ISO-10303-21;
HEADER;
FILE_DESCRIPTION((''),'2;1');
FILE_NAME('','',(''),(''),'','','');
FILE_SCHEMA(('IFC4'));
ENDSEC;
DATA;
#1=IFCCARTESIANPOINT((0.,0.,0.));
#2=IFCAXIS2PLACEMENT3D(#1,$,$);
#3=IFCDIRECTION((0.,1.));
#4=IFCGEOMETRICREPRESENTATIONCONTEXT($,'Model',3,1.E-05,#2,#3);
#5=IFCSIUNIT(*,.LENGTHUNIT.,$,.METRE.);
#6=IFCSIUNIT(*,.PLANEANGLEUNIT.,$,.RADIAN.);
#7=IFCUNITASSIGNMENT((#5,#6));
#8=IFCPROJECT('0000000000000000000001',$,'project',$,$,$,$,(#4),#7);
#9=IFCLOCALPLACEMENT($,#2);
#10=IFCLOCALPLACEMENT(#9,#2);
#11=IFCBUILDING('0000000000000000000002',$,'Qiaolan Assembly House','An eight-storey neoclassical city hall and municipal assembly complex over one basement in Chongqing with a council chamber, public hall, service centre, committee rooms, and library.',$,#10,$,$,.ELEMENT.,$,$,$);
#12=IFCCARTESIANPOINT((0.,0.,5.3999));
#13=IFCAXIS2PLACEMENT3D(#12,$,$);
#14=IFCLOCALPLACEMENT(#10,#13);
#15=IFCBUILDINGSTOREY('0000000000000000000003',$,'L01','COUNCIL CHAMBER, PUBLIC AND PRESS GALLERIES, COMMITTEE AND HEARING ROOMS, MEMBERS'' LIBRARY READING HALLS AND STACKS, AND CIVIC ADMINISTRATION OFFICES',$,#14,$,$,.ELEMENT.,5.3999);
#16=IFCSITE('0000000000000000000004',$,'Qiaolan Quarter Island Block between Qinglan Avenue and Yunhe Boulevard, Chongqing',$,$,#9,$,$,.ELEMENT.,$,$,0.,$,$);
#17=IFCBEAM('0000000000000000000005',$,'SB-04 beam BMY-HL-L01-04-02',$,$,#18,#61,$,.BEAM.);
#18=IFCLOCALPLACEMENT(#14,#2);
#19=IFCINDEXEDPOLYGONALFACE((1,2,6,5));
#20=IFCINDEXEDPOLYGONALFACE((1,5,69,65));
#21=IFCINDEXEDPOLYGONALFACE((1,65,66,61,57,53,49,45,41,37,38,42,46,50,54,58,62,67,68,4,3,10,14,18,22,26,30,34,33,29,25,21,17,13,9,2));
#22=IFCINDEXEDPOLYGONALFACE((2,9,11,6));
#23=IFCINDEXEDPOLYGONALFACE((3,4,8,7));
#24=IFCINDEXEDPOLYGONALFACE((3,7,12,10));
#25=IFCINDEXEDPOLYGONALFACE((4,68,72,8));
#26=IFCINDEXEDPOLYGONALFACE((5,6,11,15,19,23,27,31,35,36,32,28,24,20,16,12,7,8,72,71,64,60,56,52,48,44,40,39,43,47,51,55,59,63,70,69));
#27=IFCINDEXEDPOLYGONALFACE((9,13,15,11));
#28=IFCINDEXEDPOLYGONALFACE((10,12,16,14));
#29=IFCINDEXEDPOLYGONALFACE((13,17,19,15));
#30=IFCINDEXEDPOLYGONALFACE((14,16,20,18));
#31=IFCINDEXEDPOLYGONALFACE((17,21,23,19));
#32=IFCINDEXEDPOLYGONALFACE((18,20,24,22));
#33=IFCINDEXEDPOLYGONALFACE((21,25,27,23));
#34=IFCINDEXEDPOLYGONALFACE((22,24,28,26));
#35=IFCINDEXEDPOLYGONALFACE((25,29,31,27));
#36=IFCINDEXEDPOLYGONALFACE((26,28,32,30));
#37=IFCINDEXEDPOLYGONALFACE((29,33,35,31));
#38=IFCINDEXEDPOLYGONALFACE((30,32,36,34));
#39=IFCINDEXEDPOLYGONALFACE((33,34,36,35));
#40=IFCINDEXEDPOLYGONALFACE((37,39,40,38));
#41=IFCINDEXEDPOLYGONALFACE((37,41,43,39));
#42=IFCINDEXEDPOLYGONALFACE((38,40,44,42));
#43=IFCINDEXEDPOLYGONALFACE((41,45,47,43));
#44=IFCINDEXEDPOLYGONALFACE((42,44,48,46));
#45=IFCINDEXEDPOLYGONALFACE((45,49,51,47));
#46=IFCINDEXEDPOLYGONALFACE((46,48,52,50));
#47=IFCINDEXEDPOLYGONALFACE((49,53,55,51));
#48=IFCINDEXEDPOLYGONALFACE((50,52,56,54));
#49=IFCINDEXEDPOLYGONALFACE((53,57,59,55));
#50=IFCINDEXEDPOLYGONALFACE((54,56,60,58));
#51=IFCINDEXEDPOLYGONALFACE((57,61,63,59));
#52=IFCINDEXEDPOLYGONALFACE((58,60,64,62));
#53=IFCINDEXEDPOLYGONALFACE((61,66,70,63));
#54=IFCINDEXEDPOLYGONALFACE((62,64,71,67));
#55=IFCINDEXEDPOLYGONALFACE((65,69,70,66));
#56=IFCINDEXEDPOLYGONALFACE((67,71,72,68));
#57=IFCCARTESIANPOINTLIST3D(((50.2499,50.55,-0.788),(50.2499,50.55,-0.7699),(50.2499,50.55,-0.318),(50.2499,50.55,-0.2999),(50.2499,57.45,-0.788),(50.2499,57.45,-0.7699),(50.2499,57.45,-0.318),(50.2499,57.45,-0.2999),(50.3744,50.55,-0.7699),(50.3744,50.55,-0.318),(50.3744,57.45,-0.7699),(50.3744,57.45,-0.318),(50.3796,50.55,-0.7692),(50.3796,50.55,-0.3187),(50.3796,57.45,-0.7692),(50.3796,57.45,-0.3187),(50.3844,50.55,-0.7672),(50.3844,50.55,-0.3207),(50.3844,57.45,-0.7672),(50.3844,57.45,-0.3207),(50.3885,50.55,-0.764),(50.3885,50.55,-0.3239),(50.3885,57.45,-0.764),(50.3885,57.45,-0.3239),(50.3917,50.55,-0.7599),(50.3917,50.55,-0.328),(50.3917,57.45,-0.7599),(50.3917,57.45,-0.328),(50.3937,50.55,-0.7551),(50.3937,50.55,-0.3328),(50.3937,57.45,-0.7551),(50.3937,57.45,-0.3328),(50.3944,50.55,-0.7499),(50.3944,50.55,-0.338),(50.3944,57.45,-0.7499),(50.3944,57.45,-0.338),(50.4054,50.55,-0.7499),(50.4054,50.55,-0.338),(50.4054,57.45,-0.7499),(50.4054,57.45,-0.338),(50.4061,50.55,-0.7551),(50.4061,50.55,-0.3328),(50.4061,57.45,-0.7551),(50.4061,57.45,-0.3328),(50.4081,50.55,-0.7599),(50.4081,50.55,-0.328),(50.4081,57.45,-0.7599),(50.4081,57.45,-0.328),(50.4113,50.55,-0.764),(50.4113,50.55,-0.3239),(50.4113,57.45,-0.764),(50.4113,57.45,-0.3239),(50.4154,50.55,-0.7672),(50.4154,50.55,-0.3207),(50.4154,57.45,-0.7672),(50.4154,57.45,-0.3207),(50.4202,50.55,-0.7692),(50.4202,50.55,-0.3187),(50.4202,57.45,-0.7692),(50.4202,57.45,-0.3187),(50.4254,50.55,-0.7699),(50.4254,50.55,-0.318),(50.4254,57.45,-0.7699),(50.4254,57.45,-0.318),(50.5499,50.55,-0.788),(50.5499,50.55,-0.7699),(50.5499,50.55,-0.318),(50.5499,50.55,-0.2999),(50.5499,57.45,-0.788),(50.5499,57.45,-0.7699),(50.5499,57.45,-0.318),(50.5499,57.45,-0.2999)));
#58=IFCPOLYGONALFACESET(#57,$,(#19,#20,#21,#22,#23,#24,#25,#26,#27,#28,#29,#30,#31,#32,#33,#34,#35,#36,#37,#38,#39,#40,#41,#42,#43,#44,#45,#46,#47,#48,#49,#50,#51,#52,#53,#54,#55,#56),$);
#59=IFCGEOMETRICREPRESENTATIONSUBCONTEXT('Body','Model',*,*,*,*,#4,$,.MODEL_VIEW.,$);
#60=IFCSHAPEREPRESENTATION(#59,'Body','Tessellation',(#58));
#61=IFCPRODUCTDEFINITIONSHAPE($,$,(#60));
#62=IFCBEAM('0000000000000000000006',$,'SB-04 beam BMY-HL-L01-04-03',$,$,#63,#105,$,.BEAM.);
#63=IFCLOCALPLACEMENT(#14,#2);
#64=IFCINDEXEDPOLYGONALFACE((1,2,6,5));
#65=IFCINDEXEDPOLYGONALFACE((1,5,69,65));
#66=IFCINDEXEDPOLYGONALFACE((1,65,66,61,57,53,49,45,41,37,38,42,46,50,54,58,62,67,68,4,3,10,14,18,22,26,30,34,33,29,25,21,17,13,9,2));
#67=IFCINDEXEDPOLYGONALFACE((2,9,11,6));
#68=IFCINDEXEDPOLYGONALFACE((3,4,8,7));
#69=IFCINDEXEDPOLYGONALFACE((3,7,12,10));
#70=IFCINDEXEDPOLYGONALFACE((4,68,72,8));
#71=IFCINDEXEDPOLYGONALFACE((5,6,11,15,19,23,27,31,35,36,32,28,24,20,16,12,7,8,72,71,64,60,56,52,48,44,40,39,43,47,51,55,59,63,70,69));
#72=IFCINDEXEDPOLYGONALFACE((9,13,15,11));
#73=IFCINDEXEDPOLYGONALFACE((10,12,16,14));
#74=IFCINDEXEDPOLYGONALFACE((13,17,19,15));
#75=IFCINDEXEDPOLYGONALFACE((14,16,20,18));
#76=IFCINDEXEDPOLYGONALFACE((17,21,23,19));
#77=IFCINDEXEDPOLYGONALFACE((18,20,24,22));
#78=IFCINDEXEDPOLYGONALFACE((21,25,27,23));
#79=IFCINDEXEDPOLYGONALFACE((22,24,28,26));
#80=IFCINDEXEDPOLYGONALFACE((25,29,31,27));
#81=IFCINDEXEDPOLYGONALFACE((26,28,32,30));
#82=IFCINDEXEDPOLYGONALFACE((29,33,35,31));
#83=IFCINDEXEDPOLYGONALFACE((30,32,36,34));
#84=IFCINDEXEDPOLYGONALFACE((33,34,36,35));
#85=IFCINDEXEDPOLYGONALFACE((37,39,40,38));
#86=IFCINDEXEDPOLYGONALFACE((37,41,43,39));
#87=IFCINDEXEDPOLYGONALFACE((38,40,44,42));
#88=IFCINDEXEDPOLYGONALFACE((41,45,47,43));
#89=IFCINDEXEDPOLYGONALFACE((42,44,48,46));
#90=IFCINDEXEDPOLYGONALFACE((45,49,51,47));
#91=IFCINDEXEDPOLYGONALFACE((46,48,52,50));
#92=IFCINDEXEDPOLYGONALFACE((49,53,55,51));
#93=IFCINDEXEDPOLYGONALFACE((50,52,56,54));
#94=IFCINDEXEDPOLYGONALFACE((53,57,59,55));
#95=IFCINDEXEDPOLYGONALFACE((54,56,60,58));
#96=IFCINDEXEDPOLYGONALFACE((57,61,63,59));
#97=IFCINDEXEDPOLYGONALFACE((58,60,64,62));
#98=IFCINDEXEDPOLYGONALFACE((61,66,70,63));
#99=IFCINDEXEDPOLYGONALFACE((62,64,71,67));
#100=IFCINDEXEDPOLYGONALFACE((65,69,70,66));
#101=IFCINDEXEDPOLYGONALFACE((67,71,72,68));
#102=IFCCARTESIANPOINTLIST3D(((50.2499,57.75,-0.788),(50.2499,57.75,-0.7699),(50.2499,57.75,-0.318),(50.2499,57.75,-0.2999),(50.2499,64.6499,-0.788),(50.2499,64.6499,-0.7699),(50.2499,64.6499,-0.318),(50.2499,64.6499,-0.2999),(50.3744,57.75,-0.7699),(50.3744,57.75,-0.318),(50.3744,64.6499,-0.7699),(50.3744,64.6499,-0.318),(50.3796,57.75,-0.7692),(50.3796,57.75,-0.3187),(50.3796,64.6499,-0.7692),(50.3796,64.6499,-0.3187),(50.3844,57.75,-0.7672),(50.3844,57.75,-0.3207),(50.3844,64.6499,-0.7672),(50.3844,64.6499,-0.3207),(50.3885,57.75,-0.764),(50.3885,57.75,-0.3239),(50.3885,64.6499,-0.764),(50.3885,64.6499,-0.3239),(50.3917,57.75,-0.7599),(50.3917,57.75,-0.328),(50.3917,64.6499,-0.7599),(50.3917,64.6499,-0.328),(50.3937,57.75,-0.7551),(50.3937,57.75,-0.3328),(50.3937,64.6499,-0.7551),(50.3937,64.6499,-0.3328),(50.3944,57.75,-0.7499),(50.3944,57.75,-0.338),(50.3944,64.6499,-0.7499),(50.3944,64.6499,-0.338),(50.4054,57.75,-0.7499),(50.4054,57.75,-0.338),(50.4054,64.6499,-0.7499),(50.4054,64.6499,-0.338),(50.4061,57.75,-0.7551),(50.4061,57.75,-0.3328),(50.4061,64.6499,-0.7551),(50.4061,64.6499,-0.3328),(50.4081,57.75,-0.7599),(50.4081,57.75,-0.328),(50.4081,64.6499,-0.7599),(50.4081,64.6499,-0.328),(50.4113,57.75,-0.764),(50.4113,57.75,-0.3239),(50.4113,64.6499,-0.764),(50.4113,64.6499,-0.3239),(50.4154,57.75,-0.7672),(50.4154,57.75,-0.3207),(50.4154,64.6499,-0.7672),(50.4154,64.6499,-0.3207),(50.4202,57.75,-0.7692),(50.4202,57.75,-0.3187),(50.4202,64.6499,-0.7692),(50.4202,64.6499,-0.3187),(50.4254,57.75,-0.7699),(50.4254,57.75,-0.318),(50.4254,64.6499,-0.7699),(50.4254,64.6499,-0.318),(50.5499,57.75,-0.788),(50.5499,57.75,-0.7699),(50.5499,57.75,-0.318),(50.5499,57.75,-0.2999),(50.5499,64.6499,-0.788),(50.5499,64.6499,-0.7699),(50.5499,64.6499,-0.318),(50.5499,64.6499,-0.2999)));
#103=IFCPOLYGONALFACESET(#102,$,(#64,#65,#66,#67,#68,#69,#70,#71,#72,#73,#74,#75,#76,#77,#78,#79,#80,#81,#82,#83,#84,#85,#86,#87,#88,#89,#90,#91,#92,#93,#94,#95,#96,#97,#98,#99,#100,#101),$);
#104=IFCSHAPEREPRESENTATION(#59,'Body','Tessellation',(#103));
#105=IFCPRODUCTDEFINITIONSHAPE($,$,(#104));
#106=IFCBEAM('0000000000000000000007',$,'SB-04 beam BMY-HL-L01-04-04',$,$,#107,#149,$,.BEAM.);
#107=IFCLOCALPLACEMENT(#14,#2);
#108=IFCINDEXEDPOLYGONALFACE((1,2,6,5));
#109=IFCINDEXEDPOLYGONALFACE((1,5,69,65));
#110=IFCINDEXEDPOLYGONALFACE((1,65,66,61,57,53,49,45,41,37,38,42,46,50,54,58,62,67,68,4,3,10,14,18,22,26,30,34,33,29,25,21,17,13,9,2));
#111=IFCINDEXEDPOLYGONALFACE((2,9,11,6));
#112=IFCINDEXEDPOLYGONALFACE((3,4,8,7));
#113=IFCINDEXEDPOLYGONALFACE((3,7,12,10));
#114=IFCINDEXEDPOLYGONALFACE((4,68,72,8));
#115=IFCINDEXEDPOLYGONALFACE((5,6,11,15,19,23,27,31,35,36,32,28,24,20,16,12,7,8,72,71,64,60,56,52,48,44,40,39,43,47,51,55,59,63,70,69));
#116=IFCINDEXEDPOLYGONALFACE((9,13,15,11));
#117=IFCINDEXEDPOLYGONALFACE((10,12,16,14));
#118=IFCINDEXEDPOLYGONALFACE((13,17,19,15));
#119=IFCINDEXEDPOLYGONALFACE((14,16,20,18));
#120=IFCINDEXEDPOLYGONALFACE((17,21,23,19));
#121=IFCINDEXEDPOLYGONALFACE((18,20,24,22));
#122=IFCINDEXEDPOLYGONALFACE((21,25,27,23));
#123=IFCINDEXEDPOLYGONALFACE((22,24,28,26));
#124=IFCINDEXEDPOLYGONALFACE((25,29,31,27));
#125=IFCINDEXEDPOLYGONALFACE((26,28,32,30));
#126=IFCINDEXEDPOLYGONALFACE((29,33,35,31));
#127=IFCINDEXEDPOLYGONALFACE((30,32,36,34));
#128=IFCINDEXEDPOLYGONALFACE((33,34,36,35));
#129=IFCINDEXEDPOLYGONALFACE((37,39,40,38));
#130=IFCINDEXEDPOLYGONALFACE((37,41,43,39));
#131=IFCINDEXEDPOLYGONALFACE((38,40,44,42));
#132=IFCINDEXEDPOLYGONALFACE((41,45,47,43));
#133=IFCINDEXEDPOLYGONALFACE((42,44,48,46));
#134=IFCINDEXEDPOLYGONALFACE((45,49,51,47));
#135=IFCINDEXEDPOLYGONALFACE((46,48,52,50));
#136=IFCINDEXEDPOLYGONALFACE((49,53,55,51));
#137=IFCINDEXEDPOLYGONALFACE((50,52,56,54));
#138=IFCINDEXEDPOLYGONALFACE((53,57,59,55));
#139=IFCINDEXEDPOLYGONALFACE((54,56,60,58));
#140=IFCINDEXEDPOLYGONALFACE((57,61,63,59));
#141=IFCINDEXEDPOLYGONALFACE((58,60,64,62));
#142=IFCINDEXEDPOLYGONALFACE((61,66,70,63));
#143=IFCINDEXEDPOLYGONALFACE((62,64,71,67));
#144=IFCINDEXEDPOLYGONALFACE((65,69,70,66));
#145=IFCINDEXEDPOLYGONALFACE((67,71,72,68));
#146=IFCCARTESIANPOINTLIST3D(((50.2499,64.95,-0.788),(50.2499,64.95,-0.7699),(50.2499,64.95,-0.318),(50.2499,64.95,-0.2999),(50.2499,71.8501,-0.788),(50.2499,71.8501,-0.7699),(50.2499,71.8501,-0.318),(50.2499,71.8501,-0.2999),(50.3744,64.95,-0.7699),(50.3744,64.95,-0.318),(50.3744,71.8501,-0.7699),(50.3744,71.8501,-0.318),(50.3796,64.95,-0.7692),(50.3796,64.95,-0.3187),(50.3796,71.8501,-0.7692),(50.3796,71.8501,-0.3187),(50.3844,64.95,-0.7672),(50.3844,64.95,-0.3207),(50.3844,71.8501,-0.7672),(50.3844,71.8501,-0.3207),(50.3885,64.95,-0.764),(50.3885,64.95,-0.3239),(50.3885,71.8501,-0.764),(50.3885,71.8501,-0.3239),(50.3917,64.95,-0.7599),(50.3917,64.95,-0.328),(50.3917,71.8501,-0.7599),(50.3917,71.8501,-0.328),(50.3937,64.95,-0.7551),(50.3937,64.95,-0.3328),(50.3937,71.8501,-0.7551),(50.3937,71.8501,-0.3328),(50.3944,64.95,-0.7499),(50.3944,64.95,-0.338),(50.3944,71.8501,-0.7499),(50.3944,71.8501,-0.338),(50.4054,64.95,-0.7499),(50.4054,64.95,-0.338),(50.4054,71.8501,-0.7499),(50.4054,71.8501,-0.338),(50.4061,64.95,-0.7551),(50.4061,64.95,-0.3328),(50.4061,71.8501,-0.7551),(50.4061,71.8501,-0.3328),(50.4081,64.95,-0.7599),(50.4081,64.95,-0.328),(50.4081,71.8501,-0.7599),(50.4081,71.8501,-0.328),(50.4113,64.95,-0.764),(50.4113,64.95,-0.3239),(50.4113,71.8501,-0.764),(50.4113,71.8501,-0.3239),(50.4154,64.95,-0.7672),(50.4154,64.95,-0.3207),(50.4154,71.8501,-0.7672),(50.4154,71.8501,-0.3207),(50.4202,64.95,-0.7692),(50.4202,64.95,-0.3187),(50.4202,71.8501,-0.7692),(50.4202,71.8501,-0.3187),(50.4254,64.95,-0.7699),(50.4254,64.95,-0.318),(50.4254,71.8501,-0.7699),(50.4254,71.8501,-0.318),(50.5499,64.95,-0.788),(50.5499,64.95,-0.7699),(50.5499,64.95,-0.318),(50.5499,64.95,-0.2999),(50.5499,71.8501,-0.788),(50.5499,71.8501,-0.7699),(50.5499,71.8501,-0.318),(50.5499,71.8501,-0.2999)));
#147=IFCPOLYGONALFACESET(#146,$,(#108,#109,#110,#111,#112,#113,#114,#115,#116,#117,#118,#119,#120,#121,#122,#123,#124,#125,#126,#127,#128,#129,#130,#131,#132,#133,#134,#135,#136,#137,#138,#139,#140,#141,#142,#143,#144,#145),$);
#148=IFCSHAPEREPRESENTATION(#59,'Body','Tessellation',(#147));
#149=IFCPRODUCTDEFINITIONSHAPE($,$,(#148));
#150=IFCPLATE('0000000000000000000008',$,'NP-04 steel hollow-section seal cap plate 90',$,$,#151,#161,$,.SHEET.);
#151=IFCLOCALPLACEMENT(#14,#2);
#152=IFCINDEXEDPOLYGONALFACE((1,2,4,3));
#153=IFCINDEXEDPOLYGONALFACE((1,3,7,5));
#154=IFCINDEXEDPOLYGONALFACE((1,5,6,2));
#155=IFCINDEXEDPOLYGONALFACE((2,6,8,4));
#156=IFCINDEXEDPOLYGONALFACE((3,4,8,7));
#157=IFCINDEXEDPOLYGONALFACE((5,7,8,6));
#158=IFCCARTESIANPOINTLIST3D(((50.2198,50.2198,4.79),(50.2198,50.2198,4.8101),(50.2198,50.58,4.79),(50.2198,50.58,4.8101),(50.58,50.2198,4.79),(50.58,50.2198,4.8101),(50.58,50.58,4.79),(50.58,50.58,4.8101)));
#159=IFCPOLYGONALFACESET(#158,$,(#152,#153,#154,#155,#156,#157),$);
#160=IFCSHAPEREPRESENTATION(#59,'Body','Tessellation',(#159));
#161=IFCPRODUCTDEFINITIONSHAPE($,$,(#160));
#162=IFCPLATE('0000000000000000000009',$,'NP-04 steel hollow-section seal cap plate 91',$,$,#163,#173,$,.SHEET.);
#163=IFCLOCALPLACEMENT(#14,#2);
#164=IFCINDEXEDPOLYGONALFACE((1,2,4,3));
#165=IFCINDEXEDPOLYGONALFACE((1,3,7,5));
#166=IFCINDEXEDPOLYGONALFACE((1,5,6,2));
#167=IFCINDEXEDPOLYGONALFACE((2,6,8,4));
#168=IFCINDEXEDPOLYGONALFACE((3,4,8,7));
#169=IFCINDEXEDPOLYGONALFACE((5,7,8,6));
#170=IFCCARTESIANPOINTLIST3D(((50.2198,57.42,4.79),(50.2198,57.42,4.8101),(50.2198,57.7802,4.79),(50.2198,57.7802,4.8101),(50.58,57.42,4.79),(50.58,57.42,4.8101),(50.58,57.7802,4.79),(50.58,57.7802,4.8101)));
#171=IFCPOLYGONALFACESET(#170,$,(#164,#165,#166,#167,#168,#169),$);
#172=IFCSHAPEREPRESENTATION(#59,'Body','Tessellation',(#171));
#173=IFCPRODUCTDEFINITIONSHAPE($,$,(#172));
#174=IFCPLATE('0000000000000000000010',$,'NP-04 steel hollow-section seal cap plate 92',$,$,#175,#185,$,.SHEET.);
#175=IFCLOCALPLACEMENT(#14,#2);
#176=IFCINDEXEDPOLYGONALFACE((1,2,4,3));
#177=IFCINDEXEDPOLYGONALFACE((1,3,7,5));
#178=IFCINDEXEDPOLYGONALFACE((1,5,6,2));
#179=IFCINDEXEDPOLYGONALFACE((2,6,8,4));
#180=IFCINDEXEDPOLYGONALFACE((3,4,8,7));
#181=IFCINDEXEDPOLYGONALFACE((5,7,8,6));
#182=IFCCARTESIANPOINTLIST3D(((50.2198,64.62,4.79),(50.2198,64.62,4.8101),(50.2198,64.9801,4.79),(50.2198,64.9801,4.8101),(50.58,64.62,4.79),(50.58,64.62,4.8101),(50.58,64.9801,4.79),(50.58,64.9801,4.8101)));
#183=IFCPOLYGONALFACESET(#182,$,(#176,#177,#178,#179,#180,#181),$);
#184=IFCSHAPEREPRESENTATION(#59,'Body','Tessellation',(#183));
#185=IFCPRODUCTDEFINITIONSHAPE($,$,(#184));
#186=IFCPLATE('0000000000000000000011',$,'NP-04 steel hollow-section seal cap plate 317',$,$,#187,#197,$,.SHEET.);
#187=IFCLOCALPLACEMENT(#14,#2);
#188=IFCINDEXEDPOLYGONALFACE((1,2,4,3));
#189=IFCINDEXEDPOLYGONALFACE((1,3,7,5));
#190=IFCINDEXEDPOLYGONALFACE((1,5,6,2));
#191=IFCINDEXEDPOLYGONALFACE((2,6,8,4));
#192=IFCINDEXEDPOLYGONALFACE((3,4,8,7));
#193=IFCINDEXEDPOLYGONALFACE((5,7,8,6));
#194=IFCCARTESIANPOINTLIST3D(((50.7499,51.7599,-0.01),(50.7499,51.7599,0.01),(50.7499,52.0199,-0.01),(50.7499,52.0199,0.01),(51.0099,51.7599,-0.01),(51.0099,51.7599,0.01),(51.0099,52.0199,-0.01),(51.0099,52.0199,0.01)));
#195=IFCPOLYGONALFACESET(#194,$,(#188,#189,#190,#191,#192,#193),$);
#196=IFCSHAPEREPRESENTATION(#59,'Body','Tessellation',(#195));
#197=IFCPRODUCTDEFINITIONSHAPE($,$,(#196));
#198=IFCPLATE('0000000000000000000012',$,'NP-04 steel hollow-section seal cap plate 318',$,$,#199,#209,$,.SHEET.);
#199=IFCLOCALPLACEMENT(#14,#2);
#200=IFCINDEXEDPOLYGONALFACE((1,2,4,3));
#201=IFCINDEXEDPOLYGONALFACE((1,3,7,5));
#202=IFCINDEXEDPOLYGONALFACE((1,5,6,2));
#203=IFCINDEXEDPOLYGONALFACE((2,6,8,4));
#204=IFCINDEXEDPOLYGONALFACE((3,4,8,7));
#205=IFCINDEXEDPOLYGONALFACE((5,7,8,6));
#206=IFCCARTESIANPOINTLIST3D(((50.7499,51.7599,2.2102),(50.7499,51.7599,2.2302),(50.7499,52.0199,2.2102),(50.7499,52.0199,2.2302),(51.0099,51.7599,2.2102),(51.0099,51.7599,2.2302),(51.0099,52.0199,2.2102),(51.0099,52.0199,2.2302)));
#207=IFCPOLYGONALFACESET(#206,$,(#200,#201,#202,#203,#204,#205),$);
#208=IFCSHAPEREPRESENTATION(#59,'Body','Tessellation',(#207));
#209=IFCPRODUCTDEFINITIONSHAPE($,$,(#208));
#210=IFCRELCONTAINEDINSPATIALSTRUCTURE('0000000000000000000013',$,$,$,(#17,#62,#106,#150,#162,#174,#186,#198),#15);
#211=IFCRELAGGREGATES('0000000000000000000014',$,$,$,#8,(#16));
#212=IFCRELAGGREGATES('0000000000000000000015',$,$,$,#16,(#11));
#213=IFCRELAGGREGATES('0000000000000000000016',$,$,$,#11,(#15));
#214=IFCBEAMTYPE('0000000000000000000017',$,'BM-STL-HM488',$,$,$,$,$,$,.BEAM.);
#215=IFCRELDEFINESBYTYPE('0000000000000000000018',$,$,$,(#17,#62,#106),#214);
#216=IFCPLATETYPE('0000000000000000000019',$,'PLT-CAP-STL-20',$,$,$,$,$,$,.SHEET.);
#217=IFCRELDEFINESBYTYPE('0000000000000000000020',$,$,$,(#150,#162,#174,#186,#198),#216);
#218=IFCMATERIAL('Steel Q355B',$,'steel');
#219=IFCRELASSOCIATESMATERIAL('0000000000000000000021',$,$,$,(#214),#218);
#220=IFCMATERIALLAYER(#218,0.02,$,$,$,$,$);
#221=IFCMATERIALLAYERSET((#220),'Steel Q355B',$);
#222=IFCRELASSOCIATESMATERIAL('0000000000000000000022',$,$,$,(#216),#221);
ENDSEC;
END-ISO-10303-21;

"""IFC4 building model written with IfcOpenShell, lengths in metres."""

from ifc_helpers import new_model, si_unit, direction, frame, origin, origin_2d, place, context, subcontext, project, spatial, rectangle, i_section, extrude, material, layer, layer_set, material_profile, profile_set, type_object, element, save


model = new_model("IFC4")

# Units and contexts
model_context = context("Model", 3, precision=1e-05, world=origin(), true_north=direction((0.0, 1.0)))
body_context = subcontext(model_context, "Body", "Model", "MODEL_VIEW")
ifc_project = project(units=[si_unit("LENGTHUNIT", "METRE"), si_unit("PLANEANGLEUNIT", "RADIAN")], contexts=[model_context])

# Site, building, storey
site_placement = place(None, origin())
site = spatial("IfcSite", under=ifc_project, at=site_placement, Name="Qiaolan Quarter Island Block between Qinglan Avenue and Yunhe Boulevard, Chongqing", CompositionType="ELEMENT", RefElevation=0.0)
building_placement = place(site_placement, origin())
building = spatial("IfcBuilding", under=site, at=building_placement, Name="Qiaolan Assembly House", Description="An eight-storey neoclassical city hall and municipal assembly complex over one basement in Chongqing with a council chamber, public hall, service centre, committee rooms, and library.", CompositionType="ELEMENT")
storey_placement = place(building_placement, frame((0.0, 0.0, 5.3999)))
storey = spatial("IfcBuildingStorey", under=building, at=storey_placement, Name="L01", Description="COUNCIL CHAMBER, PUBLIC AND PRESS GALLERIES, COMMITTEE AND HEARING ROOMS, MEMBERS' LIBRARY READING HALLS AND STACKS, AND CIVIC ADMINISTRATION OFFICES", CompositionType="ELEMENT", Elevation=5.3999)

# Shared definitions
ifc_material_1 = material(Name="Steel Q355B", Category="steel")

# Beams
ifc_material_profile_1 = material_profile(ifc_material_1, i_section(OverallWidth=0.3, OverallDepth=0.488, WebThickness=0.011, FlangeThickness=0.0181, FilletRadius=0.02, at=origin_2d()), Name="HM 488x300x11x18")
ifc_profile_set_1 = profile_set([ifc_material_profile_1], Name="Steel Q355B")
beam_type_1 = type_object("IfcBeamType", Name="BM-STL-HM488", PredefinedType="BEAM", material=ifc_profile_set_1)
for number, where, z_axis, x_axis, name in (
    (1, (50.3999, 50.55, -0.5439), (0.0, 1.0, 0.0), (-1.0, 0.0, 0.0), "SB-04 beam BMY-HL-L01-04-02"),
    (2, (50.3999, 57.75, -0.5439), (0.0, 1.0, 0.0), (-1.0, 0.0, 0.0), "SB-04 beam BMY-HL-L01-04-03"),
):
    element("IfcBeam", number, at=place(storey_placement, frame(where, z_axis=z_axis, x_axis=x_axis)), inside=storey, type_object=beam_type_1, Name=name, PredefinedType="BEAM", context=body_context, shape_type="SweptSolid", body=[
        extrude(i_section(OverallWidth=0.3, OverallDepth=0.488, WebThickness=0.011, FlangeThickness=0.0181, FilletRadius=0.02, at=origin_2d()), origin(), (0.0, 0.0, 1.0), 6.8999),
    ])
beam_1_placement = place(storey_placement, frame((50.3999, 64.95, -0.5439), z_axis=(0.0, 1.0, 0.0), x_axis=(-1.0, 0.0, 0.0)))
element("IfcBeam", 3, at=beam_1_placement, inside=storey, type_object=beam_type_1, Name="SB-04 beam BMY-HL-L01-04-04", PredefinedType="BEAM", context=body_context, shape_type="SweptSolid", body=[
    extrude(i_section(OverallWidth=0.3, OverallDepth=0.488, WebThickness=0.011, FlangeThickness=0.0181, FilletRadius=0.02, at=origin_2d()), origin(), (0.0, 0.0, 1.0), 6.9001),
])

# Plates
ifc_layer_1 = layer(ifc_material_1, 0.02)
ifc_layer_set_1 = layer_set([ifc_layer_1], Name="Steel Q355B")
plate_type = type_object("IfcPlateType", Name="PLT-CAP-STL-20", PredefinedType="SHEET", material=ifc_layer_set_1)
for number, where, z_axis, x_axis, name in (
    (4, (50.3999, 50.3999, 4.79), (0.0, 0.0, 1.0), (1.0, 0.0, 0.0), "NP-04 steel hollow-section seal cap plate 90"),
    (5, (50.3999, 57.6001, 4.79), (0.0, 0.0, 1.0), (1.0, 0.0, 0.0), "NP-04 steel hollow-section seal cap plate 91"),
    (6, (50.3999, 64.8, 4.79), (0.0, 0.0, 1.0), (1.0, 0.0, 0.0), "NP-04 steel hollow-section seal cap plate 92"),
):
    element("IfcPlate", number, at=place(storey_placement, frame(where, z_axis=z_axis, x_axis=x_axis)), inside=storey, type_object=plate_type, Name=name, PredefinedType="SHEET", context=body_context, shape_type="SweptSolid", body=[
        extrude(rectangle(XDim=0.3601, YDim=0.3601, at=origin_2d()), origin(), (0.0, 0.0, 1.0), 0.02),
    ])
for number, where, z_axis, x_axis, name in (
    (7, (50.8799, 51.8899, -0.01), (0.0, 0.0, 1.0), (1.0, 0.0, 0.0), "NP-04 steel hollow-section seal cap plate 317"),
    (8, (50.8799, 51.8899, 2.2102), (0.0, 0.0, 1.0), (1.0, 0.0, 0.0), "NP-04 steel hollow-section seal cap plate 318"),
):
    element("IfcPlate", number, at=place(storey_placement, frame(where, z_axis=z_axis, x_axis=x_axis)), inside=storey, type_object=plate_type, Name=name, PredefinedType="SHEET", context=body_context, shape_type="SweptSolid", body=[
        extrude(rectangle(XDim=0.26, YDim=0.26, at=origin_2d()), origin(), (0.0, 0.0, 1.0), 0.02),
    ])

save(model, "model.ifc")
